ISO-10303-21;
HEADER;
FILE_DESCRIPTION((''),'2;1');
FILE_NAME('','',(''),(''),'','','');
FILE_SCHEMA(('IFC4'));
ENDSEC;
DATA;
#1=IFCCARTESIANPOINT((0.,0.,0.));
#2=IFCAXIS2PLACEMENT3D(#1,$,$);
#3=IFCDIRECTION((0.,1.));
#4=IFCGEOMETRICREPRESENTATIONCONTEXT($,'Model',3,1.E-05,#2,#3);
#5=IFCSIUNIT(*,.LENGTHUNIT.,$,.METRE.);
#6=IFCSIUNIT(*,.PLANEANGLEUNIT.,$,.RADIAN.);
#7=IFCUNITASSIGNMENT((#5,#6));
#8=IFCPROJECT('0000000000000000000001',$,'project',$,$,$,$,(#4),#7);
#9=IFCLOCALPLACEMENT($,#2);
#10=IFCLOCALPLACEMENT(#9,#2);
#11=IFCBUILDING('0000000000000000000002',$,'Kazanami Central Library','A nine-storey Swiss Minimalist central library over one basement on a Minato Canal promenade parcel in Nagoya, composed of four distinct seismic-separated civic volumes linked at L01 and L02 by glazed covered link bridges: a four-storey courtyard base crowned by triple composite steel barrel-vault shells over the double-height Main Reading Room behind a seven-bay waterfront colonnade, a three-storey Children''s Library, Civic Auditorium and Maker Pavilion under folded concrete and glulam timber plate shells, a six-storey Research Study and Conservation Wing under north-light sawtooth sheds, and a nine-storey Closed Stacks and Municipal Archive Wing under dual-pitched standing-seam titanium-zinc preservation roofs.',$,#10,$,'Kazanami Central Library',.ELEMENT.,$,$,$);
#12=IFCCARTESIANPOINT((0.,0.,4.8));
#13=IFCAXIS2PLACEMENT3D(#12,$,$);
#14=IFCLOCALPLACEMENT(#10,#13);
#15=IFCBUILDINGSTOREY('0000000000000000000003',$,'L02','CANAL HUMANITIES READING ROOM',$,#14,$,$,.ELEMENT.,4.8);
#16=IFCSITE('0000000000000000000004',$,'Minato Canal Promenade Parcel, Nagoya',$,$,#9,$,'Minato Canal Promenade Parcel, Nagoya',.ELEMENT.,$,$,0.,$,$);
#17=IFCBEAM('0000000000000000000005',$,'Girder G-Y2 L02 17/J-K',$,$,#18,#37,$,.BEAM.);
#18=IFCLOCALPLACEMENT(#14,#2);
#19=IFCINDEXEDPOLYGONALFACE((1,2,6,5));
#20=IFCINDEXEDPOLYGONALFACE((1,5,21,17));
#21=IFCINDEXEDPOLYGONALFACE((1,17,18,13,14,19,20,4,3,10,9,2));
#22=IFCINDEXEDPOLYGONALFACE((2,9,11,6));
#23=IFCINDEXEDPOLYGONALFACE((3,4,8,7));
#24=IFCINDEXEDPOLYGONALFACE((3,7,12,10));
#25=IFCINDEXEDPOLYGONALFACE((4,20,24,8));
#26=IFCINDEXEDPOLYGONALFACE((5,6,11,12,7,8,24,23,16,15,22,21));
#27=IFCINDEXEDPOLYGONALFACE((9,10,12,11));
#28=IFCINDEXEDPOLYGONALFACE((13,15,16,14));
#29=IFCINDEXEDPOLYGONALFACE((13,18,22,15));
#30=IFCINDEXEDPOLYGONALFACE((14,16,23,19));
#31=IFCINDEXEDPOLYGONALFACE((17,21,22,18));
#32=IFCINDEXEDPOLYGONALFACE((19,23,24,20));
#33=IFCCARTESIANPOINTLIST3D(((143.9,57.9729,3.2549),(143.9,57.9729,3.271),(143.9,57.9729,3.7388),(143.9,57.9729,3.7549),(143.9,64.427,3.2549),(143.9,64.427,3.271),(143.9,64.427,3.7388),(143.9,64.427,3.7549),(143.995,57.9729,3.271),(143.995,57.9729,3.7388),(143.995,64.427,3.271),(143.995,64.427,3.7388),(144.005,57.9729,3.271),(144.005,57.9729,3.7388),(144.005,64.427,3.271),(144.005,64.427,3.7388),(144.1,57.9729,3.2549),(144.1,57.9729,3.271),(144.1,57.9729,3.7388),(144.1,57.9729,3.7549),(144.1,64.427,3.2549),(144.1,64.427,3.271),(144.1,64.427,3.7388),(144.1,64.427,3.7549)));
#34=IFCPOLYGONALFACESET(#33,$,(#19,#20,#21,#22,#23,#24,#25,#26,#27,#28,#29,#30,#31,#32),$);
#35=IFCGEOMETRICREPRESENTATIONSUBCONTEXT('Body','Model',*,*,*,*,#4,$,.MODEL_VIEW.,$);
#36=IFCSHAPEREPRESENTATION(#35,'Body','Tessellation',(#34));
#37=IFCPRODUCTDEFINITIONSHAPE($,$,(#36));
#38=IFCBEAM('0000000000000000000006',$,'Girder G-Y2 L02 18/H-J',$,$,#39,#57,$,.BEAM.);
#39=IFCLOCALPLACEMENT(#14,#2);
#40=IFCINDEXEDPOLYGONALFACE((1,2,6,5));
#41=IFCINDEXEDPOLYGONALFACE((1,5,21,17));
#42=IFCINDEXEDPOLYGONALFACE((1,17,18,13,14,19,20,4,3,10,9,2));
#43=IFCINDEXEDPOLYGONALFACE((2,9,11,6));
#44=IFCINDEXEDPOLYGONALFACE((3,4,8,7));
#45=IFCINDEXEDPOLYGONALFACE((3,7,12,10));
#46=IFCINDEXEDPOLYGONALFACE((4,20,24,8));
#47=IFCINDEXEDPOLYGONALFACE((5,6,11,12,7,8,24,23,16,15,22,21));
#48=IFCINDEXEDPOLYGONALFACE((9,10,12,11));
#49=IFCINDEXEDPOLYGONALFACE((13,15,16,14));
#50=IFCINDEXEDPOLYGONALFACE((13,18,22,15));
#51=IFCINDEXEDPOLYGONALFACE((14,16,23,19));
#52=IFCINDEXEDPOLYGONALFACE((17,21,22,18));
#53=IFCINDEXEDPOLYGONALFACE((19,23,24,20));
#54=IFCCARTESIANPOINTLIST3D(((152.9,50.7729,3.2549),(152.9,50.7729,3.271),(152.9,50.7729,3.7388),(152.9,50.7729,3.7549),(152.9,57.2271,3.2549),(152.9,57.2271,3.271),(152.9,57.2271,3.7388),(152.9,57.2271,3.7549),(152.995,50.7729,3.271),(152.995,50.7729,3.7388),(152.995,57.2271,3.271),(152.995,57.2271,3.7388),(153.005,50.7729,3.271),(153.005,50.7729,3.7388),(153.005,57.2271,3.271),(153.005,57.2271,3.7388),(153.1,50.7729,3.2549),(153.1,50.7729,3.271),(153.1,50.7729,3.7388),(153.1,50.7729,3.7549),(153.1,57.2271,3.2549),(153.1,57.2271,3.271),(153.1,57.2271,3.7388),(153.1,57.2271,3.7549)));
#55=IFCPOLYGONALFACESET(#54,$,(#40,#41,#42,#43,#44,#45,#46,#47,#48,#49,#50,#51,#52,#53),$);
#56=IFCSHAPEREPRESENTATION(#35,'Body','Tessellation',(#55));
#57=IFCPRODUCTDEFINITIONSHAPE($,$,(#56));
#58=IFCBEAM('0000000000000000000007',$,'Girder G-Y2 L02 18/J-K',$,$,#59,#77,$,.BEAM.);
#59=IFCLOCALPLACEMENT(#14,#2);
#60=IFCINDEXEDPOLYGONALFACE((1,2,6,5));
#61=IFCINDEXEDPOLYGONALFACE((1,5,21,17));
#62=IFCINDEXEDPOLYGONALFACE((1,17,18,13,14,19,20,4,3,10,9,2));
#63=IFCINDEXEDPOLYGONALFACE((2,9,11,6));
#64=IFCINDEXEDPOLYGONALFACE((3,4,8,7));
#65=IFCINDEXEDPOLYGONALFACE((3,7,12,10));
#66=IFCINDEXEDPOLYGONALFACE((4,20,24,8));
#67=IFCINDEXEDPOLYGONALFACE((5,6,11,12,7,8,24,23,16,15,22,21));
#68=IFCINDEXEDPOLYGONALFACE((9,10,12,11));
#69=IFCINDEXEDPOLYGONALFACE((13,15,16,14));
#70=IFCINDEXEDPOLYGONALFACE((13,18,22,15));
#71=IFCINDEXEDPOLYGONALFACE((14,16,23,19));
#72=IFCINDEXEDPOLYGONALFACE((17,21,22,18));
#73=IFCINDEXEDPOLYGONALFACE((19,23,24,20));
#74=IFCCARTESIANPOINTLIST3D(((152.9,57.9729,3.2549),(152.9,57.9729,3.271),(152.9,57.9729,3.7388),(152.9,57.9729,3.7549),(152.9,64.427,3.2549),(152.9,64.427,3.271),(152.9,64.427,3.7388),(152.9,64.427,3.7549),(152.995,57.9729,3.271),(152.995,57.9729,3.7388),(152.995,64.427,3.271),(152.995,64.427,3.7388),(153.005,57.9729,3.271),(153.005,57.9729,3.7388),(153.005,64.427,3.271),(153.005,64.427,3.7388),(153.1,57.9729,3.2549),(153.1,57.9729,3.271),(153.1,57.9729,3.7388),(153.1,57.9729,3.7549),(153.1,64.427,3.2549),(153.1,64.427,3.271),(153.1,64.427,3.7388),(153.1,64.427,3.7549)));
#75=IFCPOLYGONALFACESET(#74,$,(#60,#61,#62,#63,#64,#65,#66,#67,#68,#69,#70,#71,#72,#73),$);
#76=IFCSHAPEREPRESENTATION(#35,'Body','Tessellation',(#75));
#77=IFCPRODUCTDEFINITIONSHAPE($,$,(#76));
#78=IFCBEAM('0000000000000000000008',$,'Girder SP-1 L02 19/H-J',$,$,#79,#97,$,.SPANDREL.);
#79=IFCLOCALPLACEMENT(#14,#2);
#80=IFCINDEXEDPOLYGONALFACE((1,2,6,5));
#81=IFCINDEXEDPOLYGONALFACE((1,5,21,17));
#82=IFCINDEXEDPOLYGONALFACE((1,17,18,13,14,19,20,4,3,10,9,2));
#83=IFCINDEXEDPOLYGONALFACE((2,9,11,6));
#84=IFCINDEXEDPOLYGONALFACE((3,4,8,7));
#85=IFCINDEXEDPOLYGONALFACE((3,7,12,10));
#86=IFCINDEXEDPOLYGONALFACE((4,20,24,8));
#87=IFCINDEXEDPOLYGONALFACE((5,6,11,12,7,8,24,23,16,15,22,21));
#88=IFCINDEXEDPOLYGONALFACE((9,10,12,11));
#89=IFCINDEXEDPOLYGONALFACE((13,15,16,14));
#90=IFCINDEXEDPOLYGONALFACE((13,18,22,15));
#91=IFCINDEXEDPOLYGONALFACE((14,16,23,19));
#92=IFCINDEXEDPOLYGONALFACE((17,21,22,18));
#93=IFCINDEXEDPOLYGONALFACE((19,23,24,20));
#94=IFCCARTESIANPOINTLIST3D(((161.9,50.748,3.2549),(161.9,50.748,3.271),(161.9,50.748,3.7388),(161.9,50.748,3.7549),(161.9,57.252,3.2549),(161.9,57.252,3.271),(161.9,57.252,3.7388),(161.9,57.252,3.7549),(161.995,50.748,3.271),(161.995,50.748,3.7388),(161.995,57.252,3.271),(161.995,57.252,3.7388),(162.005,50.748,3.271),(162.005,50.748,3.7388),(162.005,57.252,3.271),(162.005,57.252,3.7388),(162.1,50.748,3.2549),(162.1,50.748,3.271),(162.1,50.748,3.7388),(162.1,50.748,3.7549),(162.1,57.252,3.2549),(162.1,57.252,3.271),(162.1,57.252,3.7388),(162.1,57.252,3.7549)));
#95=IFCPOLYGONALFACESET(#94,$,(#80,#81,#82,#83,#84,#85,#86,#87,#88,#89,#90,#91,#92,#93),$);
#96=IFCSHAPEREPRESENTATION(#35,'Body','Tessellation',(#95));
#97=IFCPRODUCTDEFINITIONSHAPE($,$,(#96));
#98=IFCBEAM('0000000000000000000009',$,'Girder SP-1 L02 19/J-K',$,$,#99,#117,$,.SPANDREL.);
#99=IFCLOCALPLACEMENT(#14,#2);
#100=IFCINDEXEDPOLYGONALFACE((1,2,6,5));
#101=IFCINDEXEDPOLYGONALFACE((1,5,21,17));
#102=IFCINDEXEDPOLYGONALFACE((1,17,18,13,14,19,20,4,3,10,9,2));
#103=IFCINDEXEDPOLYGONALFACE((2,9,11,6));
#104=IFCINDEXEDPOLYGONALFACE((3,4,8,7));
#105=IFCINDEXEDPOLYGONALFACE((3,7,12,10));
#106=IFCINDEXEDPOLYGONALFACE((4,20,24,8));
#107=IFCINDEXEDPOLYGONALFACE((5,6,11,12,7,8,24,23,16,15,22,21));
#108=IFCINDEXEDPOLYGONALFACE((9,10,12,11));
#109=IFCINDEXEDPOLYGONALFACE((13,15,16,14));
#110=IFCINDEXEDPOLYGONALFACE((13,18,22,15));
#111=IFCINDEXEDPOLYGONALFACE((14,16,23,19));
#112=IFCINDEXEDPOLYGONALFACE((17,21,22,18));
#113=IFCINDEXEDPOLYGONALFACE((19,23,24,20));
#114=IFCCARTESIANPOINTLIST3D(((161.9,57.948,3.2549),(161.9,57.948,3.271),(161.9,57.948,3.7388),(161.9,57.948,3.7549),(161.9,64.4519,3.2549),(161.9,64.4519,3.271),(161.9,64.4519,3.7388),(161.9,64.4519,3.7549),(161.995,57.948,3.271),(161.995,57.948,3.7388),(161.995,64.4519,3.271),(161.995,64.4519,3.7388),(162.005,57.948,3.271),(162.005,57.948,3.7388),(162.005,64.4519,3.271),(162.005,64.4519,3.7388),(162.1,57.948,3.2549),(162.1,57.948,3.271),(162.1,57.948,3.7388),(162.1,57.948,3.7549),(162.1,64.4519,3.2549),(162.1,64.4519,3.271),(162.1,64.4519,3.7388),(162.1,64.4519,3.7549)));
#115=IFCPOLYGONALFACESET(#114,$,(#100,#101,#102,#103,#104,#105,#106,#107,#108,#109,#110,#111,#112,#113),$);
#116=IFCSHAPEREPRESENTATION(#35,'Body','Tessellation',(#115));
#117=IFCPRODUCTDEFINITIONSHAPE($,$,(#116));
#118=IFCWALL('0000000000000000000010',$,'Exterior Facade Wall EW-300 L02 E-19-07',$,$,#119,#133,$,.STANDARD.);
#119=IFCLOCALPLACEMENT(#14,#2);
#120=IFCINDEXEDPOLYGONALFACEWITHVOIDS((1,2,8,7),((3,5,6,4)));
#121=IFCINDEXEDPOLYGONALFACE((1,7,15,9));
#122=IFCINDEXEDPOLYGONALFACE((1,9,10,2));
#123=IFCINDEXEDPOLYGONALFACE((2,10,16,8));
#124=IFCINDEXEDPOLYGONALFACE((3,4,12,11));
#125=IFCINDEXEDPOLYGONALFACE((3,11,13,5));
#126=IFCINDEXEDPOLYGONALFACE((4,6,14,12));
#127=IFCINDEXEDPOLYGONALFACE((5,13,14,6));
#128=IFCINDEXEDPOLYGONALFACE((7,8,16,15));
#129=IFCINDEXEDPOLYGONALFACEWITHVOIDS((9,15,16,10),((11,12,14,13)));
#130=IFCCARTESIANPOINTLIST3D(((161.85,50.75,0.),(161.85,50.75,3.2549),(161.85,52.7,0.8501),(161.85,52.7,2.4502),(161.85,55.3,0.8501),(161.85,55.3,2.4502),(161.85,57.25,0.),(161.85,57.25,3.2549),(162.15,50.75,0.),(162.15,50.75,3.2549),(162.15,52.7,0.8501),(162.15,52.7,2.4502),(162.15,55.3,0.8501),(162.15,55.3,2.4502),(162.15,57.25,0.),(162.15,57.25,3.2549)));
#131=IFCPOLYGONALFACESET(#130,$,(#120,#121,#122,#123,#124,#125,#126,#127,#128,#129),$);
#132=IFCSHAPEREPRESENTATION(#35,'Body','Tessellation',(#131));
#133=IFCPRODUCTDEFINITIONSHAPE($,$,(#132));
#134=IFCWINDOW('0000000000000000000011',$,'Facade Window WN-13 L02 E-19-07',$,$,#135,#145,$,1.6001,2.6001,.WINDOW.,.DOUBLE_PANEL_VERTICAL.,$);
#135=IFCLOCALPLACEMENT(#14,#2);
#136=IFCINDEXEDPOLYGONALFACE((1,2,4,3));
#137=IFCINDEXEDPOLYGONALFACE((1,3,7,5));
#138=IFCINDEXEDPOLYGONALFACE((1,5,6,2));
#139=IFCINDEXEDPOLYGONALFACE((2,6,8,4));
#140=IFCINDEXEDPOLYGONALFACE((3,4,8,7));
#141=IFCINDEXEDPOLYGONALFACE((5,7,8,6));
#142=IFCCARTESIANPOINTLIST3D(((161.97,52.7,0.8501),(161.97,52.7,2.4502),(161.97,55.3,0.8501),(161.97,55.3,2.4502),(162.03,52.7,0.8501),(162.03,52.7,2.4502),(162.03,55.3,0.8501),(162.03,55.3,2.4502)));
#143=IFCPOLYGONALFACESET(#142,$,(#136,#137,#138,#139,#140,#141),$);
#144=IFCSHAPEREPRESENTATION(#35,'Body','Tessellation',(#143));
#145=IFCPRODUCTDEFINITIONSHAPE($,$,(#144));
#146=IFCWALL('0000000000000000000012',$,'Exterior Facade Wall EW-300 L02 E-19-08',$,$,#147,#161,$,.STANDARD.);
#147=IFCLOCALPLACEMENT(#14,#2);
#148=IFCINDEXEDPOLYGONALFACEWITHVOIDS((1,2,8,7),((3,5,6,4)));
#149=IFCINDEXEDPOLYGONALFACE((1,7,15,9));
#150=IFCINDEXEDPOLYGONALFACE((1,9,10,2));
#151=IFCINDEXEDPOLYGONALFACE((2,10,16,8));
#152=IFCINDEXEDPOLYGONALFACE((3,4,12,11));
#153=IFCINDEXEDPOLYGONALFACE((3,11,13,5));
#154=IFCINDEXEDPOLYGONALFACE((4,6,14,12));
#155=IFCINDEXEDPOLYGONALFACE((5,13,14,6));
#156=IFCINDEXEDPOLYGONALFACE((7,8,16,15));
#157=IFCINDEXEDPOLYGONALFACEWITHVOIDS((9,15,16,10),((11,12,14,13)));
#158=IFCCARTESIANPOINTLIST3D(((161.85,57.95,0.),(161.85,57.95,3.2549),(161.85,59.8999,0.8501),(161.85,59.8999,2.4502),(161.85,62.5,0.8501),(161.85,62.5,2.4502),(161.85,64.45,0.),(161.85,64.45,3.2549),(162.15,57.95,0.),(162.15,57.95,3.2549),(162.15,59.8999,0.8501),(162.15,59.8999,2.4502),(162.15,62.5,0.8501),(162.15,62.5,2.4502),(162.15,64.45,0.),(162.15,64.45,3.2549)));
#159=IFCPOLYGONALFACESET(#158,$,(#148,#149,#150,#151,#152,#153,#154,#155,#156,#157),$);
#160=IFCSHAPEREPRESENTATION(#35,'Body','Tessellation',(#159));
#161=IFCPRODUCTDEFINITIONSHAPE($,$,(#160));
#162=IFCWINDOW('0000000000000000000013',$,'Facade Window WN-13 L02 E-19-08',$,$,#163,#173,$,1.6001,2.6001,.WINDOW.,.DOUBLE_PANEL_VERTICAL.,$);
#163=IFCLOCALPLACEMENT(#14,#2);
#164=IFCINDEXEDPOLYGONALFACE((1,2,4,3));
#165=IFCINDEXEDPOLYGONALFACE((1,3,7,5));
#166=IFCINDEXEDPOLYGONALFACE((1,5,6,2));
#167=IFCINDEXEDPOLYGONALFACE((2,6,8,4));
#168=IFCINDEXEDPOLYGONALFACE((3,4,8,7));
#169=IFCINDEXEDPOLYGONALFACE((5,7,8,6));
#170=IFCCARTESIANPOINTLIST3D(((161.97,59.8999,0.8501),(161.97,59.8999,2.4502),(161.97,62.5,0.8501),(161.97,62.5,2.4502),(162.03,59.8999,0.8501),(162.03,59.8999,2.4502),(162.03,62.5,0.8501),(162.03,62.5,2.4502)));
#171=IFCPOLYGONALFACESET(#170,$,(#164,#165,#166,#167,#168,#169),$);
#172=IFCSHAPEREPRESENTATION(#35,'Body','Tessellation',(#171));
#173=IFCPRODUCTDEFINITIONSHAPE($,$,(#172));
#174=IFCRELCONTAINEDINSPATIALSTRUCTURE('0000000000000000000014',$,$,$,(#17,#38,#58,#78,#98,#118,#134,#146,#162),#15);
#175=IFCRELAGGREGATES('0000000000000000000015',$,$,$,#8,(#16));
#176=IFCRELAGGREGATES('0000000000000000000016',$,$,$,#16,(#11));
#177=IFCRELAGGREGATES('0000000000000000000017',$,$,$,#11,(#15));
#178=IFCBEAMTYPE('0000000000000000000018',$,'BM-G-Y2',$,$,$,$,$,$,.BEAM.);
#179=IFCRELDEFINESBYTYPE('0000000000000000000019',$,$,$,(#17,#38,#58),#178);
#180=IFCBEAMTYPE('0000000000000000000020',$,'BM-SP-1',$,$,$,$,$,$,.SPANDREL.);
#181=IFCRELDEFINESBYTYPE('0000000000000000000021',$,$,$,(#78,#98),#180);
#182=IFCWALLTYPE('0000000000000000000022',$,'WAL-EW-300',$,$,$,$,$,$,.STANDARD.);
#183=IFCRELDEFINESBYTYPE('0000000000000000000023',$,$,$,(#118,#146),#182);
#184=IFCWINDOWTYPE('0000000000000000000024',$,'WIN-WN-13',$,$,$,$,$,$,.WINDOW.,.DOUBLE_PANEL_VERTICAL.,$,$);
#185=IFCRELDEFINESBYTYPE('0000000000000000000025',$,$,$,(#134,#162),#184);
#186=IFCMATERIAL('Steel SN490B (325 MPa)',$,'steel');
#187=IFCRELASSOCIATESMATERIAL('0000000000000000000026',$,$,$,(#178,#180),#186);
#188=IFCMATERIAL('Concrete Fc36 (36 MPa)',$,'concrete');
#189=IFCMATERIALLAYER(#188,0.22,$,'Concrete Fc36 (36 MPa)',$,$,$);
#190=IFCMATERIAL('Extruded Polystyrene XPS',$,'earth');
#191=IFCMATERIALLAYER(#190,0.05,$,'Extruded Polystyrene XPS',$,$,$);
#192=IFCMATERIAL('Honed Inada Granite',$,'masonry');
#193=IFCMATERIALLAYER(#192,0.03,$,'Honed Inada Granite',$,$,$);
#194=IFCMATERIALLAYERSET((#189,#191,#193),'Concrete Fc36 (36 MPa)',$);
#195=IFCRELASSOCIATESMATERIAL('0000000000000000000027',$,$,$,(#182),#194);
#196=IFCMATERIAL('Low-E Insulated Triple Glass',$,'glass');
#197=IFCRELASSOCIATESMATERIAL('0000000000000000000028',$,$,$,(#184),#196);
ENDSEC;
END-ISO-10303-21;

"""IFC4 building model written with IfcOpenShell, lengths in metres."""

from ifc_helpers import new_model, si_unit, direction, frame, frame_2d, origin, origin_2d, place, context, subcontext, project, spatial, rectangle, i_section, extrude, material, layer, layer_set, material_profile, profile_set, type_object, element, fill, save


model = new_model("IFC4")

# Units and contexts
model_context = context("Model", 3, precision=1e-05, world=origin(), true_north=direction((0.0, 1.0)))
body_context = subcontext(model_context, "Body", "Model", "MODEL_VIEW")
ifc_project = project(units=[si_unit("LENGTHUNIT", "METRE"), si_unit("PLANEANGLEUNIT", "RADIAN")], contexts=[model_context])

# Site, building, storey
site_placement = place(None, origin())
site = spatial("IfcSite", under=ifc_project, at=site_placement, Name="Minato Canal Promenade Parcel, Nagoya", LongName="Minato Canal Promenade Parcel, Nagoya", CompositionType="ELEMENT", RefElevation=0.0)
building_placement = place(site_placement, origin())
building = spatial("IfcBuilding", under=site, at=building_placement, Name="Kazanami Central Library", Description="A nine-storey Swiss Minimalist central library over one basement on a Minato Canal promenade parcel in Nagoya, composed of four distinct seismic-separated civic volumes linked at L01 and L02 by glazed covered link bridges: a four-storey courtyard base crowned by triple composite steel barrel-vault shells over the double-height Main Reading Room behind a seven-bay waterfront colonnade, a three-storey Children's Library, Civic Auditorium and Maker Pavilion under folded concrete and glulam timber plate shells, a six-storey Research Study and Conservation Wing under north-light sawtooth sheds, and a nine-storey Closed Stacks and Municipal Archive Wing under dual-pitched standing-seam titanium-zinc preservation roofs.", LongName="Kazanami Central Library", CompositionType="ELEMENT")
storey_placement = place(building_placement, frame((0.0, 0.0, 4.8)))
storey = spatial("IfcBuildingStorey", under=building, at=storey_placement, Name="L02", Description="CANAL HUMANITIES READING ROOM", CompositionType="ELEMENT", Elevation=4.8)

# Beams
ifc_material_1 = material(Name="Steel SN490B (325 MPa)", Category="steel")
ifc_material_profile_1 = material_profile(ifc_material_1, i_section(OverallWidth=0.2, OverallDepth=0.5, WebThickness=0.01, FlangeThickness=0.0161, at=origin_2d()), Name="H-500x200x10x16")
ifc_profile_set_1 = profile_set([ifc_material_profile_1], Name="Steel SN490B (325 MPa)")
beam_type_1 = type_object("IfcBeamType", Name="BM-G-Y2", PredefinedType="BEAM", material=ifc_profile_set_1)
for number, where, z_axis, x_axis, name in (
    (1, (144.0, 57.9729, 3.5049), (0.0, 1.0, 0.0), (-1.0, 0.0, 0.0), "Girder G-Y2 L02 17/J-K"),
    (2, (153.0, 50.7729, 3.5049), (0.0, 1.0, 0.0), (-1.0, 0.0, 0.0), "Girder G-Y2 L02 18/H-J"),
    (3, (153.0, 57.9729, 3.5049), (0.0, 1.0, 0.0), (-1.0, 0.0, 0.0), "Girder G-Y2 L02 18/J-K"),
):
    element("IfcBeam", number, at=place(storey_placement, frame(where, z_axis=z_axis, x_axis=x_axis)), inside=storey, type_object=beam_type_1, Name=name, PredefinedType="BEAM", context=body_context, shape_type="SweptSolid", body=[
        extrude(i_section(OverallWidth=0.2, OverallDepth=0.5, WebThickness=0.01, FlangeThickness=0.0161, at=origin_2d()), origin(), (0.0, 0.0, 1.0), 6.4541),
    ])
ifc_material_profile_2 = material_profile(ifc_material_1, i_section(OverallWidth=0.2, OverallDepth=0.5, WebThickness=0.01, FlangeThickness=0.0161, at=origin_2d()), Name="H-500x200x10x16")
ifc_profile_set_2 = profile_set([ifc_material_profile_2], Name="Steel SN490B (325 MPa)")
beam_type_2 = type_object("IfcBeamType", Name="BM-SP-1", PredefinedType="SPANDREL", material=ifc_profile_set_2)
for number, where, z_axis, x_axis, name in (
    (4, (162.0, 50.748, 3.5049), (0.0, 1.0, 0.0), (-1.0, 0.0, 0.0), "Girder SP-1 L02 19/H-J"),
    (5, (162.0, 57.948, 3.5049), (0.0, 1.0, 0.0), (-1.0, 0.0, 0.0), "Girder SP-1 L02 19/J-K"),
):
    element("IfcBeam", number, at=place(storey_placement, frame(where, z_axis=z_axis, x_axis=x_axis)), inside=storey, type_object=beam_type_2, Name=name, PredefinedType="SPANDREL", context=body_context, shape_type="SweptSolid", body=[
        extrude(i_section(OverallWidth=0.2, OverallDepth=0.5, WebThickness=0.01, FlangeThickness=0.0161, at=origin_2d()), origin(), (0.0, 0.0, 1.0), 6.5039),
    ])

# Walls, openings, windows
ifc_material_2 = material(Name="Concrete Fc36 (36 MPa)", Category="concrete")
ifc_layer_1 = layer(ifc_material_2, 0.22, Name="Concrete Fc36 (36 MPa)")
ifc_material_3 = material(Name="Extruded Polystyrene XPS", Category="earth")
ifc_layer_2 = layer(ifc_material_3, 0.05, Name="Extruded Polystyrene XPS")
ifc_material_4 = material(Name="Honed Inada Granite", Category="masonry")
ifc_layer_3 = layer(ifc_material_4, 0.03, Name="Honed Inada Granite")
ifc_layer_set_1 = layer_set([ifc_layer_1, ifc_layer_2, ifc_layer_3], Name="Concrete Fc36 (36 MPa)")
wall_type_1 = type_object("IfcWallType", Name="WAL-EW-300", PredefinedType="STANDARD", material=ifc_layer_set_1)
wall_1_placement = place(storey_placement, frame((162.0, 57.25, 0.0), z_axis=(0.0, 0.0, 1.0), x_axis=(0.0, -1.0, 0.0)))
wall_1 = element("IfcWall", 6, at=wall_1_placement, inside=storey, type_object=wall_type_1, Name="Exterior Facade Wall EW-300 L02 E-19-07", PredefinedType="STANDARD", context=body_context, shape_type="SweptSolid", body=[
    extrude(rectangle(XDim=6.5, YDim=0.3, at=frame_2d((3.25, 0.0))), origin(), (0.0, 0.0, 1.0), 3.2549),
])
opening_1_placement = place(wall_1_placement, frame((1.95, 0.0, 0.8501)))
opening_1 = element("IfcOpeningElement", 7, at=opening_1_placement, cuts=wall_1, PredefinedType="OPENING", context=body_context, shape_type="SweptSolid", body=[
    extrude(rectangle(XDim=2.6001, YDim=1.6001, at=frame_2d((1.3, 0.8))), frame((0.0, 0.1621, 0.0), z_axis=(0.0, -1.0, 0.0), x_axis=(1.0, 0.0, 0.0)), (0.0, 0.0, 1.0), 0.324),
])
ifc_material_5 = material(Name="Low-E Insulated Triple Glass", Category="glass")
window_type = type_object("IfcWindowType", Name="WIN-WN-13", PartitioningType="DOUBLE_PANEL_VERTICAL", PredefinedType="WINDOW", material=ifc_material_5)
window_1_placement = place(opening_1_placement, origin())
window_1 = element("IfcWindow", 8, at=window_1_placement, inside=storey, type_object=window_type, Name="Facade Window WN-13 L02 E-19-07", OverallHeight=1.6001, OverallWidth=2.6001, PartitioningType="DOUBLE_PANEL_VERTICAL", PredefinedType="WINDOW", context=body_context, shape_type="SweptSolid", body=[
    extrude(rectangle(XDim=2.6001, YDim=1.6001, at=frame_2d((1.3, 0.8))), frame((0.0, 0.03, 0.0), z_axis=(0.0, -1.0, 0.0), x_axis=(1.0, 0.0, 0.0)), (0.0, 0.0, 1.0), 0.0601),
])
fill(opening_1, window_1)
wall_2_placement = place(storey_placement, frame((162.0, 64.45, 0.0), z_axis=(0.0, 0.0, 1.0), x_axis=(0.0, -1.0, 0.0)))
wall_2 = element("IfcWall", 9, at=wall_2_placement, inside=storey, type_object=wall_type_1, Name="Exterior Facade Wall EW-300 L02 E-19-08", PredefinedType="STANDARD", context=body_context, shape_type="SweptSolid", body=[
    extrude(rectangle(XDim=6.5, YDim=0.3, at=frame_2d((3.25, 0.0))), origin(), (0.0, 0.0, 1.0), 3.2549),
])
opening_2_placement = place(wall_2_placement, frame((1.95, 0.0, 0.8501)))
opening_2 = element("IfcOpeningElement", 10, at=opening_2_placement, cuts=wall_2, PredefinedType="OPENING", context=body_context, shape_type="SweptSolid", body=[
    extrude(rectangle(XDim=2.6001, YDim=1.6001, at=frame_2d((1.3, 0.8))), frame((0.0, 0.1621, 0.0), z_axis=(0.0, -1.0, 0.0), x_axis=(1.0, 0.0, 0.0)), (0.0, 0.0, 1.0), 0.324),
])
window_2_placement = place(opening_2_placement, origin())
window_2 = element("IfcWindow", 11, at=window_2_placement, inside=storey, type_object=window_type, Name="Facade Window WN-13 L02 E-19-08", OverallHeight=1.6001, OverallWidth=2.6001, PartitioningType="DOUBLE_PANEL_VERTICAL", PredefinedType="WINDOW", context=body_context, shape_type="SweptSolid", body=[
    extrude(rectangle(XDim=2.6001, YDim=1.6001, at=frame_2d((1.3, 0.8))), frame((0.0, 0.03, 0.0), z_axis=(0.0, -1.0, 0.0), x_axis=(1.0, 0.0, 0.0)), (0.0, 0.0, 1.0), 0.0601),
])
fill(opening_2, window_2)

save(model, "model.ifc")
